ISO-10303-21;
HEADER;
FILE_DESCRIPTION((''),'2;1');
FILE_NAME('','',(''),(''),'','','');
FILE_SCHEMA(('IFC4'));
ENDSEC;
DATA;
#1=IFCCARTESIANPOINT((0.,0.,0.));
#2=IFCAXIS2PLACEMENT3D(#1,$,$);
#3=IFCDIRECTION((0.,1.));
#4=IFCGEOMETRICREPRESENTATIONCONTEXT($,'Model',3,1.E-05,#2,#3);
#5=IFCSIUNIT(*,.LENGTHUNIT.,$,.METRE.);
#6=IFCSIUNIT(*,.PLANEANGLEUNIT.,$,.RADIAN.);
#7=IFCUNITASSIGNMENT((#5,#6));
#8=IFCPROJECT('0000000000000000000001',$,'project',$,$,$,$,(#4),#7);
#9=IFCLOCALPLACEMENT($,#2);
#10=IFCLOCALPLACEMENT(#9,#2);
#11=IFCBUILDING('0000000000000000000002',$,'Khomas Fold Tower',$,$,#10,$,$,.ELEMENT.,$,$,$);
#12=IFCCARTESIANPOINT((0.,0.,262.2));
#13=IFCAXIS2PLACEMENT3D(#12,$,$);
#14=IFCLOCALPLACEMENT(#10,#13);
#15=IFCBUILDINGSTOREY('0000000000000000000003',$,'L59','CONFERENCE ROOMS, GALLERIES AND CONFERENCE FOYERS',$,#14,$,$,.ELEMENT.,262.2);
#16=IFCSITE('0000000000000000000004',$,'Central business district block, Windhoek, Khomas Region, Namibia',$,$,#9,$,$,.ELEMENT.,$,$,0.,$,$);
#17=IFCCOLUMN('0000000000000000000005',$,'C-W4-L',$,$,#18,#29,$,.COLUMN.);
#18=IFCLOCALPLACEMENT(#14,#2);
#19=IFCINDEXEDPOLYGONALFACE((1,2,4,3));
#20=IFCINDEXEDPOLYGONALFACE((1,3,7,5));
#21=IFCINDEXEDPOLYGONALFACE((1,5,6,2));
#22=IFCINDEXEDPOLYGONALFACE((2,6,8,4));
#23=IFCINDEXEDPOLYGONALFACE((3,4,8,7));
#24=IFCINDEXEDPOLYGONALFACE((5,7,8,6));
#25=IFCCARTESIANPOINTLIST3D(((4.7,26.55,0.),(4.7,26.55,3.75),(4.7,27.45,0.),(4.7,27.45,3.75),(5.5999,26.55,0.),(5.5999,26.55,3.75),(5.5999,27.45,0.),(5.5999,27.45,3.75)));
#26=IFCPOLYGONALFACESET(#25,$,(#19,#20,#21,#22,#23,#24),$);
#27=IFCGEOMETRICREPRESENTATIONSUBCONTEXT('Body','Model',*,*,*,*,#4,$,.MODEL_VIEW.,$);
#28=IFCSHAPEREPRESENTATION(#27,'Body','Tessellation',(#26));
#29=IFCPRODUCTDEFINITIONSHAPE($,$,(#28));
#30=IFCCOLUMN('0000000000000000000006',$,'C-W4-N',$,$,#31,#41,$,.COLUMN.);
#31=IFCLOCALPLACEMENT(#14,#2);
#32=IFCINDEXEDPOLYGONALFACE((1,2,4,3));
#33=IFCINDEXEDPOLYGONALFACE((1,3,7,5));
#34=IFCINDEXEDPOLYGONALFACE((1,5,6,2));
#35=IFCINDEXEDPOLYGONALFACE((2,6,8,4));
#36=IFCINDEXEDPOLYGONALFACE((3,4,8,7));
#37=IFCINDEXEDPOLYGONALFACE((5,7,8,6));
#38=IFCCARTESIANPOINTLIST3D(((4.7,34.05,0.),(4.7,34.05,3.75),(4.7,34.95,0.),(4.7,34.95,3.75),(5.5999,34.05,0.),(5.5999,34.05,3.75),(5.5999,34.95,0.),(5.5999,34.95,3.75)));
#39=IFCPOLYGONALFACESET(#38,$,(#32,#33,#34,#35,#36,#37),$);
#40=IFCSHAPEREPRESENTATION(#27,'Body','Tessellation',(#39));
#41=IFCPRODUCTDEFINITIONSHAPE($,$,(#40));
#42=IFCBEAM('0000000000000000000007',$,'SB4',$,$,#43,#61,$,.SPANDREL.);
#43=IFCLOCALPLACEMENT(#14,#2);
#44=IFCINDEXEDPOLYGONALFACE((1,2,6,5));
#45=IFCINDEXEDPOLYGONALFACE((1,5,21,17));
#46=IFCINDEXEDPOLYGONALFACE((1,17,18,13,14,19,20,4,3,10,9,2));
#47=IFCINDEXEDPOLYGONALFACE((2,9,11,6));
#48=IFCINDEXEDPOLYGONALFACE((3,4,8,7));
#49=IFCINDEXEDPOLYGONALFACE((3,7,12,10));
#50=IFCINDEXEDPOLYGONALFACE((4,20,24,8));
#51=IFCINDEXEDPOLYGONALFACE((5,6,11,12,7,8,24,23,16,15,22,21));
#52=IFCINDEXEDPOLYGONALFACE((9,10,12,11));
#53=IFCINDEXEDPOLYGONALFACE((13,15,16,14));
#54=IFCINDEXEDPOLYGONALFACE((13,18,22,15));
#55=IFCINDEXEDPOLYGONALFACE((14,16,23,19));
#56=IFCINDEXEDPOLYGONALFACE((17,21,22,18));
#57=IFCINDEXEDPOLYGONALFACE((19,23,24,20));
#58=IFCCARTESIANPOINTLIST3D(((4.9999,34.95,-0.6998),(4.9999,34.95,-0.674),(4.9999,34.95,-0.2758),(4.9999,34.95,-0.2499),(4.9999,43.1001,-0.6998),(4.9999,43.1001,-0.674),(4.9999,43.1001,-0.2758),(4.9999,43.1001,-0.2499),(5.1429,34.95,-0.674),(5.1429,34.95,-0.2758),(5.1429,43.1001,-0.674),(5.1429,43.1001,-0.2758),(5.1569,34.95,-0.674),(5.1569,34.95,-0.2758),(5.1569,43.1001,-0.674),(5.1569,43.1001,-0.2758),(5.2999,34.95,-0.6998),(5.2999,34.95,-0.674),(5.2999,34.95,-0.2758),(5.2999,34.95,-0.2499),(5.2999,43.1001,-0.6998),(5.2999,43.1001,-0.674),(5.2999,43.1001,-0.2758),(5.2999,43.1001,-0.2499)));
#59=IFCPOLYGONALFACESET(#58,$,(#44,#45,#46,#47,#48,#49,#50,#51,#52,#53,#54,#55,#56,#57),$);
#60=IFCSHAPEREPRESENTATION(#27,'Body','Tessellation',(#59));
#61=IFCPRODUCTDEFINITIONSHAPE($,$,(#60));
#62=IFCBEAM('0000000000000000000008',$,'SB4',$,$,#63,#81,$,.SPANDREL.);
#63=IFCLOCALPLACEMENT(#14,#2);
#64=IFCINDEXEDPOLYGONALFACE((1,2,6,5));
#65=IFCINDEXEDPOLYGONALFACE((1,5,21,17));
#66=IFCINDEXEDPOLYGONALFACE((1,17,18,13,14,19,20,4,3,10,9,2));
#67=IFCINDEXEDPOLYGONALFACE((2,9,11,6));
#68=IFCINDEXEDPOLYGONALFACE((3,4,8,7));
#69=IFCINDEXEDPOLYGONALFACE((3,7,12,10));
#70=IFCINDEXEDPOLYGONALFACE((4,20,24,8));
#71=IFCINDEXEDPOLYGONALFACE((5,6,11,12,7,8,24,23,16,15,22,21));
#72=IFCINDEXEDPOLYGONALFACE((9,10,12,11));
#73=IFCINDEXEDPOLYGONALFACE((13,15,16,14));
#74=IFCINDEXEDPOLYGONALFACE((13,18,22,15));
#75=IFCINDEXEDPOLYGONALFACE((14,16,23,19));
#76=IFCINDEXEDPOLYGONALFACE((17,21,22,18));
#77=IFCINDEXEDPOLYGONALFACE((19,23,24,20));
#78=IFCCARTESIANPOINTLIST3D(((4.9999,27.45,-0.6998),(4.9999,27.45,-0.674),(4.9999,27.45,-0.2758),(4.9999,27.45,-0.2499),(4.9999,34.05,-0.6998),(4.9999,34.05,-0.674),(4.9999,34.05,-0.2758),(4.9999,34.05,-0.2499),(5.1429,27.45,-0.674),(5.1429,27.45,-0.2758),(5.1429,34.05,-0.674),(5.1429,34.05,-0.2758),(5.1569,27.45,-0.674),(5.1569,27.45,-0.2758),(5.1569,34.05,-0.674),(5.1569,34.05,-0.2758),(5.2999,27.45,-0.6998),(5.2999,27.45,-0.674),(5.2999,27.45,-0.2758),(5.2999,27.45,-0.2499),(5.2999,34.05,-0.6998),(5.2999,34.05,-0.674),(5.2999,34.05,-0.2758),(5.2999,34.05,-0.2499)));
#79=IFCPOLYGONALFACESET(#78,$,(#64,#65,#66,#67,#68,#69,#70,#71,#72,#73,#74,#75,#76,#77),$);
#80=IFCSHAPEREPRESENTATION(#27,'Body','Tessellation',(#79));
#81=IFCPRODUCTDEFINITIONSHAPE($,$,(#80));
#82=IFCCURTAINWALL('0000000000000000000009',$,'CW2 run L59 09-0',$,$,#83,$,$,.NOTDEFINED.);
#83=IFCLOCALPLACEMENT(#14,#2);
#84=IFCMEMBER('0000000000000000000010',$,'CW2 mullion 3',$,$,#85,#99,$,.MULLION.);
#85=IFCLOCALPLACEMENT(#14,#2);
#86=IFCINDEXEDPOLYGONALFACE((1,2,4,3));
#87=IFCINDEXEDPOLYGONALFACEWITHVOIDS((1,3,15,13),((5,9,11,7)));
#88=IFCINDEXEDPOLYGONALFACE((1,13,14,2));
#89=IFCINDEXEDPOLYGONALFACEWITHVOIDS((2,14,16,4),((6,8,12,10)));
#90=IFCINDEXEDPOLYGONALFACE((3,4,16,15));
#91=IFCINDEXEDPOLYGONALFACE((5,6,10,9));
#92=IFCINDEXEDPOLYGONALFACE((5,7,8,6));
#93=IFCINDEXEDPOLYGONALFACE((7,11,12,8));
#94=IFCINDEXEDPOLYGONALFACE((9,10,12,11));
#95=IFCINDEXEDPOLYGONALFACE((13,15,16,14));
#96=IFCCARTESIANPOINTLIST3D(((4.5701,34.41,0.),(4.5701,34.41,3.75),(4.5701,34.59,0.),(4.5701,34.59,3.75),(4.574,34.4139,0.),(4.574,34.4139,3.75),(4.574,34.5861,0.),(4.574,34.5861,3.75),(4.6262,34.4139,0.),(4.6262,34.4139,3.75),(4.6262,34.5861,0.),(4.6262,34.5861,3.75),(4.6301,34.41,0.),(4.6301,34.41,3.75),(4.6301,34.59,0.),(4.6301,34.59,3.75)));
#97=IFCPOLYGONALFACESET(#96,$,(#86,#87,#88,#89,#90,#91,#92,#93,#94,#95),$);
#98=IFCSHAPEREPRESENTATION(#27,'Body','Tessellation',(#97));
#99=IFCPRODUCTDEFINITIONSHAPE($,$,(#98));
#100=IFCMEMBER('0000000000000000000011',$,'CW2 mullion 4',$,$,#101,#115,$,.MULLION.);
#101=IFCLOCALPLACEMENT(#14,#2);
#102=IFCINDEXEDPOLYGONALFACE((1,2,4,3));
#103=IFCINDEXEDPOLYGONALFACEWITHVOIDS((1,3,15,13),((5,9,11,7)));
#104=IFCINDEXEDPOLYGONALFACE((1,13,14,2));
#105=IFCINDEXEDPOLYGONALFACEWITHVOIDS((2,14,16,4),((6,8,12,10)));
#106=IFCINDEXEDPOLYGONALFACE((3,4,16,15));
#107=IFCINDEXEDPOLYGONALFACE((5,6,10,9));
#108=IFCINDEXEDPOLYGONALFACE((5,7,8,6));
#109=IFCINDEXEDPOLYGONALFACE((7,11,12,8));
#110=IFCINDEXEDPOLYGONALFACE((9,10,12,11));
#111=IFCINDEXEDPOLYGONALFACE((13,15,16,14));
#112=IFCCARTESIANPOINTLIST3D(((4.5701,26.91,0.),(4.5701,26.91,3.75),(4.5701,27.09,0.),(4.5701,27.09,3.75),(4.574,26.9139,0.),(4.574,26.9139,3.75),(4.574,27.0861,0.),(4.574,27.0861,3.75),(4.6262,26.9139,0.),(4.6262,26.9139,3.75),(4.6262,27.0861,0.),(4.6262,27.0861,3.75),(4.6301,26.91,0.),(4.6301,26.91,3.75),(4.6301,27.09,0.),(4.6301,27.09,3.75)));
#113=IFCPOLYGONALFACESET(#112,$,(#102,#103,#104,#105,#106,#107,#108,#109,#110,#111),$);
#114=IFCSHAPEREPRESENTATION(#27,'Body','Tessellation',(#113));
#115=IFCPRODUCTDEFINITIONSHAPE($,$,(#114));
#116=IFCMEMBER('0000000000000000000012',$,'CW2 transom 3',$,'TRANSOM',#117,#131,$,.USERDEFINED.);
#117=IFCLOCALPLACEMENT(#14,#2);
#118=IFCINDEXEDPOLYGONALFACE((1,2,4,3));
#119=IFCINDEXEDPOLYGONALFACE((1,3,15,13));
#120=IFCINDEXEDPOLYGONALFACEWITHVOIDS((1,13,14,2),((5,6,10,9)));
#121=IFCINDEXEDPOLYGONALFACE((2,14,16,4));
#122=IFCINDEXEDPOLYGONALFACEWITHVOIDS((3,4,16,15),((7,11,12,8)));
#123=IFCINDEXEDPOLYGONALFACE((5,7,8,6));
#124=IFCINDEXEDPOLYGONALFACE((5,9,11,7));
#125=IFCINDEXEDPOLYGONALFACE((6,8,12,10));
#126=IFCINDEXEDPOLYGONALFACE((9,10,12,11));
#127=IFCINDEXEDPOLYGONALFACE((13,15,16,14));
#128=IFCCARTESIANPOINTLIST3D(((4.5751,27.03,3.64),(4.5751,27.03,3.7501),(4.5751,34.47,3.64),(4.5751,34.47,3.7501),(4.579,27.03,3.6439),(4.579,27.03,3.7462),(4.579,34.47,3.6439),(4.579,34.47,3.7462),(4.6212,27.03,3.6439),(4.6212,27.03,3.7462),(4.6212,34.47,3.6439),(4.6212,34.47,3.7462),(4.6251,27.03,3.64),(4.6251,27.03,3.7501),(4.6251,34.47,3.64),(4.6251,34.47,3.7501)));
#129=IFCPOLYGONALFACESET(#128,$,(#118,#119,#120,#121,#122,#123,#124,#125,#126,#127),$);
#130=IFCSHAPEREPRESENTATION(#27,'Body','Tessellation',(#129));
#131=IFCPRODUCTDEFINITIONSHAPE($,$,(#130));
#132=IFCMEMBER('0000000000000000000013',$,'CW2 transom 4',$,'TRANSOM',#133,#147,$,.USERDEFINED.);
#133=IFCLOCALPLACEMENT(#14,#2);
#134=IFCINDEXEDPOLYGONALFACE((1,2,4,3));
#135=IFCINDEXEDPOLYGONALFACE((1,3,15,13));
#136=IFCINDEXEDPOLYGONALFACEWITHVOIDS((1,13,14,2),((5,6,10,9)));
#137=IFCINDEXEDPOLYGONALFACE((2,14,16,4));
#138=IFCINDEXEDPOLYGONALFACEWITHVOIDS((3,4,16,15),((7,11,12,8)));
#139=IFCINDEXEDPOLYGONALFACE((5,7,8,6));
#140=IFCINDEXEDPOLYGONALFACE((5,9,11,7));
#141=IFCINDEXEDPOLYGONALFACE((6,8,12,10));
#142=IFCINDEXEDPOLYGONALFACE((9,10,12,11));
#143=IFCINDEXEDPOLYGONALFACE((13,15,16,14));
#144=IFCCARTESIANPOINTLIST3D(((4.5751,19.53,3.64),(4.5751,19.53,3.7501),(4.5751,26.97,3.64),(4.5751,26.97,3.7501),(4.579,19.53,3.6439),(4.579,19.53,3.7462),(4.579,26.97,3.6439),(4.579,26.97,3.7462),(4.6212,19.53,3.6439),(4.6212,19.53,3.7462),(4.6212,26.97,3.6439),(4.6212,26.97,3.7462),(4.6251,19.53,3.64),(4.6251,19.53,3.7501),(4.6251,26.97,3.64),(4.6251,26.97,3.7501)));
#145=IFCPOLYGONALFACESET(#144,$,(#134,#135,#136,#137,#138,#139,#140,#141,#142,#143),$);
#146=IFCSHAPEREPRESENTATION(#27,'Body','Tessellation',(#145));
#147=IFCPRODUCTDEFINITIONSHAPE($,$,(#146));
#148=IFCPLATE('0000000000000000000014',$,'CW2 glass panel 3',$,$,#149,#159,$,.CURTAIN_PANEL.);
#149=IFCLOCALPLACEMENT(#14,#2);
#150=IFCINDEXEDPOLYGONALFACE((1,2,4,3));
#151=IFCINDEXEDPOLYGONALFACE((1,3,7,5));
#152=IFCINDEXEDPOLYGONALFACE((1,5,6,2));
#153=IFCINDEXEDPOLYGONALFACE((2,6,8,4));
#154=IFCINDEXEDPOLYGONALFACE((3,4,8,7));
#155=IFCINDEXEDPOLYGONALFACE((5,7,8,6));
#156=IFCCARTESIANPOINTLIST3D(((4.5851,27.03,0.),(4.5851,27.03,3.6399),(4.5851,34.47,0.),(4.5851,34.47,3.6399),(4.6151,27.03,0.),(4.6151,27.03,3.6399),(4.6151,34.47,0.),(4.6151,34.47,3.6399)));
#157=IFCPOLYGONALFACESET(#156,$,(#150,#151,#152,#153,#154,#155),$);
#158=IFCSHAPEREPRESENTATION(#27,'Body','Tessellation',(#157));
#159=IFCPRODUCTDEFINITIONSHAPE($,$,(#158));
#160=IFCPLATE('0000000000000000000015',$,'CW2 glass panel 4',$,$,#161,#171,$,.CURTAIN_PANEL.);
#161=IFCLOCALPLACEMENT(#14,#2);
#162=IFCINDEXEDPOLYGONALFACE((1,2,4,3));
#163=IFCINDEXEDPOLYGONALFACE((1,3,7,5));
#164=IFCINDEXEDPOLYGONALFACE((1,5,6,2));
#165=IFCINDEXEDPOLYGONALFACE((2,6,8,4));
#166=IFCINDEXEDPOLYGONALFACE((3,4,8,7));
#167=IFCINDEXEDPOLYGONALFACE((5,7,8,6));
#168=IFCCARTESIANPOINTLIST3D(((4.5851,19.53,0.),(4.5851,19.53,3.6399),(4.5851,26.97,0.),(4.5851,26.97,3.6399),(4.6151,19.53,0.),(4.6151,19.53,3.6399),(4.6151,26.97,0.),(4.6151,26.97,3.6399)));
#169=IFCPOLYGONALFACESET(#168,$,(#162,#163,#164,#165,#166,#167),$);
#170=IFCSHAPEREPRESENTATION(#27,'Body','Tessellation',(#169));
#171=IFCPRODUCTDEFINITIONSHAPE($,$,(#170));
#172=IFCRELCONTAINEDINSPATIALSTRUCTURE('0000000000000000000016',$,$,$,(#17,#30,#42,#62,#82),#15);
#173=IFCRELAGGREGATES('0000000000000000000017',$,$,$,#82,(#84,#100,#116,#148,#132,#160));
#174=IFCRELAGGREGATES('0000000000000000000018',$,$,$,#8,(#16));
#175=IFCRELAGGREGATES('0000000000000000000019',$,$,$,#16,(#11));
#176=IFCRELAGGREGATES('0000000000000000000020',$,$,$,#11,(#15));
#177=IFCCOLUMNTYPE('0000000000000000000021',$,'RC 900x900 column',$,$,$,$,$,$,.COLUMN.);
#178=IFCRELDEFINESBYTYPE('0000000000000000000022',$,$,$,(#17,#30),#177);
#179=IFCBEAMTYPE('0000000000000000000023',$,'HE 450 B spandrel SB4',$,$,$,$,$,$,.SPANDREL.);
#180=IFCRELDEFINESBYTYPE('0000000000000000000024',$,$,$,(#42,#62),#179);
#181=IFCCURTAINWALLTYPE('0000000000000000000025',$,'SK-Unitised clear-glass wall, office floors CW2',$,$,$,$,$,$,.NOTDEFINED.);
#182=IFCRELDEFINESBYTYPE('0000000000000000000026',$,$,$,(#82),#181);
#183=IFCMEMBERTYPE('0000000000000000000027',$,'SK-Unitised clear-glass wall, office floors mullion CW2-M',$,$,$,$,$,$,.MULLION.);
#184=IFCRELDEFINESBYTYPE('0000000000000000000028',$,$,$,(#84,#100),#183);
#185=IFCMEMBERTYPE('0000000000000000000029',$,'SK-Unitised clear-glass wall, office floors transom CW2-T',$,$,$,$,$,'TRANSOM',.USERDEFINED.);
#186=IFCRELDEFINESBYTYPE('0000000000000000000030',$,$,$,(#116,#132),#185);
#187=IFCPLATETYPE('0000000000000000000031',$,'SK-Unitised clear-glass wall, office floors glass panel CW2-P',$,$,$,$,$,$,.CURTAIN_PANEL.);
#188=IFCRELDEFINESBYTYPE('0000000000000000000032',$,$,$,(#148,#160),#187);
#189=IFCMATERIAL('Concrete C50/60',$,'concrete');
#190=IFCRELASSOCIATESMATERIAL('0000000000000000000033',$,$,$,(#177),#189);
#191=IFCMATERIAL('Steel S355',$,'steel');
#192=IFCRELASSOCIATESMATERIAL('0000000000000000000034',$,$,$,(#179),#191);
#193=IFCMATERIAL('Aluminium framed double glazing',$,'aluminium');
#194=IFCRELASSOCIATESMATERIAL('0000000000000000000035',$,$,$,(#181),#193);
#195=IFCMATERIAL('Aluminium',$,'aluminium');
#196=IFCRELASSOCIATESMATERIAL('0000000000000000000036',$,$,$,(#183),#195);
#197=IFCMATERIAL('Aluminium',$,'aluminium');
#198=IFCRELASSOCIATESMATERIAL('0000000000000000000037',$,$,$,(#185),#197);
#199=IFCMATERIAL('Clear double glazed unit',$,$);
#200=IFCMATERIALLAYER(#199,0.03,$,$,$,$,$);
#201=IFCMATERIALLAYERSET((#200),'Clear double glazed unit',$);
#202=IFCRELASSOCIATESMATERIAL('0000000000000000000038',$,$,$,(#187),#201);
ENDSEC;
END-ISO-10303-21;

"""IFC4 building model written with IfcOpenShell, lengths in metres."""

from ifc_helpers import new_model, si_unit, direction, frame, origin, origin_2d, place, context, subcontext, project, spatial, rectangle, hollow_rectangle, i_section, extrude, source, transform, mapped, material, layer, layer_set, material_profile, profile_set, type_object, element, aggregate, save


model = new_model("IFC4")

# Units and contexts
model_context = context("Model", 3, precision=1e-05, world=origin(), true_north=direction((0.0, 1.0)))
body_context = subcontext(model_context, "Body", "Model", "MODEL_VIEW")
ifc_project = project(units=[si_unit("LENGTHUNIT", "METRE"), si_unit("PLANEANGLEUNIT", "RADIAN")], contexts=[model_context])

# Site, building, storey
site_placement = place(None, origin())
site = spatial("IfcSite", under=ifc_project, at=site_placement, Name="Central business district block, Windhoek, Khomas Region, Namibia", CompositionType="ELEMENT", RefElevation=0.0)
building_placement = place(site_placement, origin())
building = spatial("IfcBuilding", under=site, at=building_placement, Name="Khomas Fold Tower", CompositionType="ELEMENT")
storey_placement = place(building_placement, frame((0.0, 0.0, 262.2)))
storey = spatial("IfcBuildingStorey", under=building, at=storey_placement, Name="L59", Description="CONFERENCE ROOMS, GALLERIES AND CONFERENCE FOYERS", CompositionType="ELEMENT", Elevation=262.2)

# Columns
ifc_material_1 = material(Name="Concrete C50/60", Category="concrete")
ifc_material_profile_1 = material_profile(ifc_material_1, rectangle(XDim=0.8999, YDim=0.8999, at=origin_2d()), Name="RC 900x900")
ifc_profile_set_1 = profile_set([ifc_material_profile_1], Name="Concrete C50/60")
column_type = type_object("IfcColumnType", Name="RC 900x900 column", PredefinedType="COLUMN", material=ifc_profile_set_1)
shared_shape_1 = source(origin(), body_context, "Body", "SweptSolid", [
    extrude(rectangle(XDim=0.8999, YDim=0.8999, at=origin_2d()), origin(), (0.0, 0.0, 1.0), 3.75),
])
for number, where, z_axis, x_axis, name in (
    (1, (5.1499, 27.0, 0.0), (0.0, 0.0, 1.0), (1.0, 0.0, 0.0), "C-W4-L"),
    (2, (5.1499, 34.5, 0.0), (0.0, 0.0, 1.0), (1.0, 0.0, 0.0), "C-W4-N"),
):
    element("IfcColumn", number, at=place(storey_placement, frame(where, z_axis=z_axis, x_axis=x_axis)), inside=storey, type_object=column_type, Name=name, PredefinedType="COLUMN", context=body_context, shape_type="MappedRepresentation", body=[
        mapped(shared_shape_1, transform((0.0, 0.0, 0.0))),
    ])

# Beams
ifc_material_2 = material(Name="Steel S355", Category="steel")
ifc_material_profile_2 = material_profile(ifc_material_2, i_section(OverallWidth=0.3, OverallDepth=0.45, WebThickness=0.0139, FlangeThickness=0.0259, at=origin_2d()), Name="HE 450 B")
ifc_profile_set_2 = profile_set([ifc_material_profile_2], Name="Steel S355")
beam_type = type_object("IfcBeamType", Name="HE 450 B spandrel SB4", PredefinedType="SPANDREL", material=ifc_profile_set_2)
shared_shape_2 = source(origin(), body_context, "Body", "SweptSolid", [
    extrude(i_section(OverallWidth=0.3, OverallDepth=0.45, WebThickness=0.0139, FlangeThickness=0.0259, at=origin_2d()), origin(), (0.0, 0.0, 1.0), 8.1501),
])
beam_1_placement = place(storey_placement, frame((5.1499, 34.95, -0.4749), z_axis=(0.0, 1.0, 0.0), x_axis=(-1.0, 0.0, 0.0)))
element("IfcBeam", 3, at=beam_1_placement, inside=storey, type_object=beam_type, Name="SB4", PredefinedType="SPANDREL", context=body_context, shape_type="MappedRepresentation", body=[
    mapped(shared_shape_2, transform((0.0, 0.0, 0.0))),
])
shared_shape_3 = source(origin(), body_context, "Body", "SweptSolid", [
    extrude(i_section(OverallWidth=0.3, OverallDepth=0.45, WebThickness=0.0139, FlangeThickness=0.0259, at=origin_2d()), origin(), (0.0, 0.0, 1.0), 6.6001),
])
beam_2_placement = place(storey_placement, frame((5.1499, 27.45, -0.4749), z_axis=(0.0, 1.0, 0.0), x_axis=(-1.0, 0.0, 0.0)))
element("IfcBeam", 4, at=beam_2_placement, inside=storey, type_object=beam_type, Name="SB4", PredefinedType="SPANDREL", context=body_context, shape_type="MappedRepresentation", body=[
    mapped(shared_shape_3, transform((0.0, 0.0, 0.0))),
])

# Curtain wall, members, plates
ifc_material_3 = material(Name="Aluminium framed double glazing", Category="aluminium")
curtain_wall_type = type_object("IfcCurtainWallType", Name="SK-Unitised clear-glass wall, office floors CW2", PredefinedType="NOTDEFINED", material=ifc_material_3)
curtain_wall_placement = place(storey_placement, origin())
curtain_wall = element("IfcCurtainWall", 5, at=curtain_wall_placement, inside=storey, type_object=curtain_wall_type, Name="CW2 run L59 09-0", PredefinedType="NOTDEFINED")
ifc_material_4 = material(Name="Aluminium", Category="aluminium")
ifc_material_profile_3 = material_profile(ifc_material_4, hollow_rectangle(XDim=0.0601, YDim=0.1799, WallThickness=0.0039, at=origin_2d()), Name="SK-Unitised clear-glass wall, office floors mullion CW2-M")
ifc_profile_set_3 = profile_set([ifc_material_profile_3], Name="Aluminium")
member_type_1 = type_object("IfcMemberType", Name="SK-Unitised clear-glass wall, office floors mullion CW2-M", PredefinedType="MULLION", material=ifc_profile_set_3)
shared_shape_4 = source(origin(), body_context, "Body", "SweptSolid", [
    extrude(hollow_rectangle(XDim=0.0601, YDim=0.1799, WallThickness=0.0039, at=origin_2d()), origin(), (0.0, 0.0, 1.0), 3.75),
])
member_1_placement = place(storey_placement, frame((4.6001, 34.5, 0.0), z_axis=(0.0, 0.0, 1.0), x_axis=(1.0, 0.0, 0.0)))
member_1 = element("IfcMember", 6, at=member_1_placement, type_object=member_type_1, Name="CW2 mullion 3", PredefinedType="MULLION", context=body_context, shape_type="MappedRepresentation", body=[
    mapped(shared_shape_4, transform((0.0, 0.0, 0.0))),
])
member_2_placement = place(storey_placement, frame((4.6001, 27.0, 0.0), z_axis=(0.0, 0.0, 1.0), x_axis=(1.0, 0.0, 0.0)))
member_2 = element("IfcMember", 7, at=member_2_placement, type_object=member_type_1, Name="CW2 mullion 4", PredefinedType="MULLION", context=body_context, shape_type="MappedRepresentation", body=[
    mapped(shared_shape_4, transform((0.0, 0.0, 0.0))),
])
ifc_material_5 = material(Name="Aluminium", Category="aluminium")
ifc_material_profile_4 = material_profile(ifc_material_5, hollow_rectangle(XDim=0.05, YDim=0.1101, WallThickness=0.0039, at=origin_2d()), Name="SK-Unitised clear-glass wall, office floors transom CW2-T")
ifc_profile_set_4 = profile_set([ifc_material_profile_4], Name="Aluminium")
member_type_2 = type_object("IfcMemberType", Name="SK-Unitised clear-glass wall, office floors transom CW2-T", ElementType="TRANSOM", PredefinedType="USERDEFINED", material=ifc_profile_set_4)
shared_shape_5 = source(origin(), body_context, "Body", "SweptSolid", [
    extrude(hollow_rectangle(XDim=0.05, YDim=0.1101, WallThickness=0.0039, at=origin_2d()), origin(), (0.0, 0.0, 1.0), 7.4399),
])
member_3_placement = place(storey_placement, frame((4.6001, 34.47, 3.6951), z_axis=(0.0, -1.0, 0.0), x_axis=(1.0, 0.0, 0.0)))
member_3 = element("IfcMember", 8, at=member_3_placement, type_object=member_type_2, Name="CW2 transom 3", ObjectType="TRANSOM", PredefinedType="USERDEFINED", context=body_context, shape_type="MappedRepresentation", body=[
    mapped(shared_shape_5, transform((0.0, 0.0, 0.0))),
])
member_4_placement = place(storey_placement, frame((4.6001, 26.97, 3.6951), z_axis=(0.0, -1.0, 0.0), x_axis=(1.0, 0.0, 0.0)))
member_4 = element("IfcMember", 9, at=member_4_placement, type_object=member_type_2, Name="CW2 transom 4", ObjectType="TRANSOM", PredefinedType="USERDEFINED", context=body_context, shape_type="MappedRepresentation", body=[
    mapped(shared_shape_5, transform((0.0, 0.0, 0.0))),
])
ifc_material_6 = material(Name="Clear double glazed unit")
ifc_layer_1 = layer(ifc_material_6, 0.03)
ifc_layer_set_1 = layer_set([ifc_layer_1], Name="Clear double glazed unit")
plate_type = type_object("IfcPlateType", Name="SK-Unitised clear-glass wall, office floors glass panel CW2-P", PredefinedType="CURTAIN_PANEL", material=ifc_layer_set_1)
shared_shape_6 = source(origin(), body_context, "Body", "SweptSolid", [
    extrude(rectangle(XDim=7.4399, YDim=0.03, at=origin_2d()), origin(), (0.0, 0.0, 1.0), 3.6399),
])
plate_1_placement = place(storey_placement, frame((4.6001, 30.75, 0.0), z_axis=(0.0, 0.0, 1.0), x_axis=(0.0, -1.0, 0.0)))
plate_1 = element("IfcPlate", 10, at=plate_1_placement, type_object=plate_type, Name="CW2 glass panel 3", PredefinedType="CURTAIN_PANEL", context=body_context, shape_type="MappedRepresentation", body=[
    mapped(shared_shape_6, transform((0.0, 0.0, 0.0))),
])
plate_2_placement = place(storey_placement, frame((4.6001, 23.25, 0.0), z_axis=(0.0, 0.0, 1.0), x_axis=(0.0, -1.0, 0.0)))
plate_2 = element("IfcPlate", 11, at=plate_2_placement, type_object=plate_type, Name="CW2 glass panel 4", PredefinedType="CURTAIN_PANEL", context=body_context, shape_type="MappedRepresentation", body=[
    mapped(shared_shape_6, transform((0.0, 0.0, 0.0))),
])
aggregate(curtain_wall, [member_1, member_2, member_3, plate_1, member_4, plate_2])

save(model, "model.ifc")
